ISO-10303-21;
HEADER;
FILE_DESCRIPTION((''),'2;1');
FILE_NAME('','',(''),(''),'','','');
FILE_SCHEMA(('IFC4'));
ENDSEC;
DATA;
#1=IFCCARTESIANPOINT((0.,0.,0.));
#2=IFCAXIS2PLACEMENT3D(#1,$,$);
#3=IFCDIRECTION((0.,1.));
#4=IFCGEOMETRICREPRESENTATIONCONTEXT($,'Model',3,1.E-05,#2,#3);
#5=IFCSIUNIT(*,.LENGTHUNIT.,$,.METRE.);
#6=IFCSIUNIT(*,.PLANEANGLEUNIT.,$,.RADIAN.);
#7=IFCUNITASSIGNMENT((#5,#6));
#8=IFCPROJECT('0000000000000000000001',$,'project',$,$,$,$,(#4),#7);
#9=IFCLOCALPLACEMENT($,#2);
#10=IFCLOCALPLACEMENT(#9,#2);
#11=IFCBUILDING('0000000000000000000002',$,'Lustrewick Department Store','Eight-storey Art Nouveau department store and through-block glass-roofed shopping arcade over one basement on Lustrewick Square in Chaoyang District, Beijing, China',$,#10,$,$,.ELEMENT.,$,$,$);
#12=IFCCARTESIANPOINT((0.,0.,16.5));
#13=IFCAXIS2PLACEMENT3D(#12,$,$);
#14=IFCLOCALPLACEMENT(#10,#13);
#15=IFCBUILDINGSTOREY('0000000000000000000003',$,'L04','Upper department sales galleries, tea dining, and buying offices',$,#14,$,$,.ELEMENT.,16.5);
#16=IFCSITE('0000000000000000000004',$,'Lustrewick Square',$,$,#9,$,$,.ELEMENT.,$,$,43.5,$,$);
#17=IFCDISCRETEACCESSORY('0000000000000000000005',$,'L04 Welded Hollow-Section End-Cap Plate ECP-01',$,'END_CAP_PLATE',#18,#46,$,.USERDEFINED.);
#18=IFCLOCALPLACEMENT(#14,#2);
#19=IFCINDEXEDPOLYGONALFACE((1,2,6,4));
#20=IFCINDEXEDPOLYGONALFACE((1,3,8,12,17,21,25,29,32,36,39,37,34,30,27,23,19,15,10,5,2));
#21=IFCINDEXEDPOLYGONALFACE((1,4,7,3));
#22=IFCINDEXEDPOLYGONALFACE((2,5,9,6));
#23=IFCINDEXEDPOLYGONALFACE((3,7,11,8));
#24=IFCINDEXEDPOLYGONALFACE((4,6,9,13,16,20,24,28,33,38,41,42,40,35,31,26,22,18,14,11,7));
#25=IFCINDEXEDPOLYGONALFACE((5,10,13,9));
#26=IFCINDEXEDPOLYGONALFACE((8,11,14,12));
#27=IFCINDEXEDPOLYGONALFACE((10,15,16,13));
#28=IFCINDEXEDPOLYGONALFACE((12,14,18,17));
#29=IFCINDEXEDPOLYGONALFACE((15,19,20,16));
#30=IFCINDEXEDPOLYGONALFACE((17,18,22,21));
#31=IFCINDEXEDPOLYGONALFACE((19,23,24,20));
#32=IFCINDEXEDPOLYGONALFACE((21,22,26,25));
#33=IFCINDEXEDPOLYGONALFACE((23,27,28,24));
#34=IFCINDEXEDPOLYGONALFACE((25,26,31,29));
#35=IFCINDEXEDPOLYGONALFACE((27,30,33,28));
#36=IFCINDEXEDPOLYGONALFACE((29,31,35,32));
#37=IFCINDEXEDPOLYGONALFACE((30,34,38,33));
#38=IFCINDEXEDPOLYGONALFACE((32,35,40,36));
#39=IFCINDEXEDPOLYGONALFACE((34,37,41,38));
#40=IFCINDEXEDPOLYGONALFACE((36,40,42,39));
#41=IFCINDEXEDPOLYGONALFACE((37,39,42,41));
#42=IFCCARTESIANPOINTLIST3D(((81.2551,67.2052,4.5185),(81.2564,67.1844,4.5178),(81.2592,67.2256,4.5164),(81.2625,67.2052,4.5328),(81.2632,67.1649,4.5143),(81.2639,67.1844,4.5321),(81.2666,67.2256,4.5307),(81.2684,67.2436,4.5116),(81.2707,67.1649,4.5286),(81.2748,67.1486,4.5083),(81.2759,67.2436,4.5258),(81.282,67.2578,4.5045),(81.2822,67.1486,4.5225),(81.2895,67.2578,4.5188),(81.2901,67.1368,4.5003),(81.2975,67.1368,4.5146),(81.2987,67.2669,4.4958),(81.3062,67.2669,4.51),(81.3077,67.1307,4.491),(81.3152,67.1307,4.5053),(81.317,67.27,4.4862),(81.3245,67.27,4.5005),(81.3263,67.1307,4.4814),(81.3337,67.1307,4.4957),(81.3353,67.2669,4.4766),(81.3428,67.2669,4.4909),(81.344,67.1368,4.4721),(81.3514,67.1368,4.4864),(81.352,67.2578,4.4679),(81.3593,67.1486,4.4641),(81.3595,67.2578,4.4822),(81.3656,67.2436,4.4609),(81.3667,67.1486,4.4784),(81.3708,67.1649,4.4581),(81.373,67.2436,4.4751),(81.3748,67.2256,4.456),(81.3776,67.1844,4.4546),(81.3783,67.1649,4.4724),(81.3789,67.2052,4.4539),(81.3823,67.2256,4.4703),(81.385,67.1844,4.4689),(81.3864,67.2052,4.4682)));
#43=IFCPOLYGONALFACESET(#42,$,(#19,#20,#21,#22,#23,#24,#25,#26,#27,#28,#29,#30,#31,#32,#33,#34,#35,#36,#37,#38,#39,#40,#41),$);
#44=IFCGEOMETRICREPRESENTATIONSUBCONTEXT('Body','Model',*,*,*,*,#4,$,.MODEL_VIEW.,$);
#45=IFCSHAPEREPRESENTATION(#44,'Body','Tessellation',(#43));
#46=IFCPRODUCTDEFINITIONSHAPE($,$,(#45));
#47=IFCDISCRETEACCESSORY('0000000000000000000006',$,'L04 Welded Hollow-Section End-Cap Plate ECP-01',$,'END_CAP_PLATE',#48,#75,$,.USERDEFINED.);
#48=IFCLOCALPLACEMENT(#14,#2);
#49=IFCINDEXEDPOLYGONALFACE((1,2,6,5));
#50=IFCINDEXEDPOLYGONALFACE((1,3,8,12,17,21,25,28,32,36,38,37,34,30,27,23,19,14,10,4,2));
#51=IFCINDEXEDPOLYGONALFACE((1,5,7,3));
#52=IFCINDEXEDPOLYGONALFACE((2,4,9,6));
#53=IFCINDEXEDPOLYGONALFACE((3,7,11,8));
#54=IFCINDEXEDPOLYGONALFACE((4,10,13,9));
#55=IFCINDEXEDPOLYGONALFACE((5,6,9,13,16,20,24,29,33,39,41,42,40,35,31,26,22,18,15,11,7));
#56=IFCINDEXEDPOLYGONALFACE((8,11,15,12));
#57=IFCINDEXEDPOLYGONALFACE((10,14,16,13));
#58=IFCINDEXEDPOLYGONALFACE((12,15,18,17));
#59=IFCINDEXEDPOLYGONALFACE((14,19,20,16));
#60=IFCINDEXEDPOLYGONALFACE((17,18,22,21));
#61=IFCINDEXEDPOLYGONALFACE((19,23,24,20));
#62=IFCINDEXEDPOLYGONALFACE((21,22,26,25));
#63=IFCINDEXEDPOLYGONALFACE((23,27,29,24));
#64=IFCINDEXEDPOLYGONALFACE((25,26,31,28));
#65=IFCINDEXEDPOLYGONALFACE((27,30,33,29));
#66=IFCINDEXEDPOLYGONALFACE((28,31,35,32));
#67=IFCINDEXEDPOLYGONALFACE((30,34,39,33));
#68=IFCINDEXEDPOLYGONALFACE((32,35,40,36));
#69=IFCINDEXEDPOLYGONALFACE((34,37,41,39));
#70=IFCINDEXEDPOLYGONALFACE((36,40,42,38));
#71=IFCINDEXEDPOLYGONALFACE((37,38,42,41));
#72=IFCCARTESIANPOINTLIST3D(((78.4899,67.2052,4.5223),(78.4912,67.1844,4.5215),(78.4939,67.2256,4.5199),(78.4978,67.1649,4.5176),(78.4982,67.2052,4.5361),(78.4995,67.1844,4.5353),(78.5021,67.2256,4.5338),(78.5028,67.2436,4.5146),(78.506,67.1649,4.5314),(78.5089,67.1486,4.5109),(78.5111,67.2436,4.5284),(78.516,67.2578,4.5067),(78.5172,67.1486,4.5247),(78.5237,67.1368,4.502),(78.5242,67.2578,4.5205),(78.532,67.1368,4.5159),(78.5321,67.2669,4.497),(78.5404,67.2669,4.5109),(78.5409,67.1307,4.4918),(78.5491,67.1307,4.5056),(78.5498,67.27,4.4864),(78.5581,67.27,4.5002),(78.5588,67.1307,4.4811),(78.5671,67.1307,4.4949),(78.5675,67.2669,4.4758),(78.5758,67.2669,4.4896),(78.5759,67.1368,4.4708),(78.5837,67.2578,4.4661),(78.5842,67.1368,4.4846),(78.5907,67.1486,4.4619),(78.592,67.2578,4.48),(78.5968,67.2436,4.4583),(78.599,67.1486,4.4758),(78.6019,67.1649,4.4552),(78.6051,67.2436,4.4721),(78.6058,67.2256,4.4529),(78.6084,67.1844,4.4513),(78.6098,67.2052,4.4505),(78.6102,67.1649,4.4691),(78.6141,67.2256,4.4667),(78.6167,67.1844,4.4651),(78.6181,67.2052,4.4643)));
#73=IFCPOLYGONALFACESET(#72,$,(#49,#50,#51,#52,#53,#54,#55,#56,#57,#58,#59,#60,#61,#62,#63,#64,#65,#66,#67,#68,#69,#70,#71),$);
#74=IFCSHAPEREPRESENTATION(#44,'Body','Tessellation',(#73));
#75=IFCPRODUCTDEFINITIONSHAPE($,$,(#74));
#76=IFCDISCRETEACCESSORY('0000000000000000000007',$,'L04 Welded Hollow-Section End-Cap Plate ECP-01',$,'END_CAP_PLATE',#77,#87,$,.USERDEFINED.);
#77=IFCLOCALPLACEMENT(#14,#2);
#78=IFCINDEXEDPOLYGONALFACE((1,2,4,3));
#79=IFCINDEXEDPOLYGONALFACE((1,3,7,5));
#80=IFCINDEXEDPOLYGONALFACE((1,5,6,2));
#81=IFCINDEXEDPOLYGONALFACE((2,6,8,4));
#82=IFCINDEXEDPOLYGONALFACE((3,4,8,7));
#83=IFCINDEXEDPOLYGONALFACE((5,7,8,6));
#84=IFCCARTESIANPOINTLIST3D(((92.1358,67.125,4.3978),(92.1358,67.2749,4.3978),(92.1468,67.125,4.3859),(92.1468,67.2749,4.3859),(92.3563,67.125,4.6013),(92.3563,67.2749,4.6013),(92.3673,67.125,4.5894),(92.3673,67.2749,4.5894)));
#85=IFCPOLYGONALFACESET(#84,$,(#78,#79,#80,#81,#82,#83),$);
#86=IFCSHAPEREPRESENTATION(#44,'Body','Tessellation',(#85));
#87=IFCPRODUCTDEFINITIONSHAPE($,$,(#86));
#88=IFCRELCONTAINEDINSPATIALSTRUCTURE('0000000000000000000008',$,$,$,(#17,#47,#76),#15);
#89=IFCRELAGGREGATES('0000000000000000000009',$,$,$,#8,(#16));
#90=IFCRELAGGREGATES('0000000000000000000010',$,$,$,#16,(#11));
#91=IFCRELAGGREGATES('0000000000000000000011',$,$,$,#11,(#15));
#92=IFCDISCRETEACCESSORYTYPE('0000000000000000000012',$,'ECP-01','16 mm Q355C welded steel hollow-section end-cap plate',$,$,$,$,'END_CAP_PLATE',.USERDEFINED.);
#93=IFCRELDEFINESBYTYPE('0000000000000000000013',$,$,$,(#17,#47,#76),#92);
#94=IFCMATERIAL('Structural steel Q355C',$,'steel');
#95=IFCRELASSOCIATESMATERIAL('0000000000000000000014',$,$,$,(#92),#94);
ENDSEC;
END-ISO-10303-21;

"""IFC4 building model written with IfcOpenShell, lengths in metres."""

from ifc_helpers import new_model, si_unit, direction, frame, origin, origin_2d, place, context, subcontext, project, spatial, rectangle, circle, extrude, material, type_object, element, save


model = new_model("IFC4")

# Units and contexts
model_context = context("Model", 3, precision=1e-05, world=origin(), true_north=direction((0.0, 1.0)))
body_context = subcontext(model_context, "Body", "Model", "MODEL_VIEW")
ifc_project = project(units=[si_unit("LENGTHUNIT", "METRE"), si_unit("PLANEANGLEUNIT", "RADIAN")], contexts=[model_context])

# Site, building, storey
site_placement = place(None, origin())
site = spatial("IfcSite", under=ifc_project, at=site_placement, Name="Lustrewick Square", CompositionType="ELEMENT", RefElevation=43.5)
building_placement = place(site_placement, origin())
building = spatial("IfcBuilding", under=site, at=building_placement, Name="Lustrewick Department Store", Description="Eight-storey Art Nouveau department store and through-block glass-roofed shopping arcade over one basement on Lustrewick Square in Chaoyang District, Beijing, China", CompositionType="ELEMENT")
storey_placement = place(building_placement, frame((0.0, 0.0, 16.5)))
storey = spatial("IfcBuildingStorey", under=building, at=storey_placement, Name="L04", Description="Upper department sales galleries, tea dining, and buying offices", CompositionType="ELEMENT", Elevation=16.5)

# Shared definitions
ifc_material_1 = material(Name="Structural steel Q355C", Category="steel")

# Discrete accessories
discrete_accessory_type = type_object("IfcDiscreteAccessoryType", Name="ECP-01", Description="16 mm Q355C welded steel hollow-section end-cap plate", ElementType="END_CAP_PLATE", PredefinedType="USERDEFINED", material=ifc_material_1)
for number, where, z_axis, x_axis, name in (
    (1, (81.3245, 67.2, 4.5005), (-0.462788, 0.0, -0.886469), (0.0, 1.0, 0.0), "L04 Welded Hollow-Section End-Cap Plate ECP-01"),
    (2, (78.5581, 67.2, 4.5002), (-0.513782, 0.0, -0.857921), (0.0, 1.0, 0.0), "L04 Welded Hollow-Section End-Cap Plate ECP-01"),
):
    element("IfcDiscreteAccessory", number, at=place(storey_placement, frame(where, z_axis=z_axis, x_axis=x_axis)), inside=storey, type_object=discrete_accessory_type, Name=name, ObjectType="END_CAP_PLATE", PredefinedType="USERDEFINED", context=body_context, shape_type="SweptSolid", body=[
        extrude(circle(Radius=0.0701, at=origin_2d()), origin(), (0.0, 0.0, 1.0), 0.0161),
    ])
discrete_accessory_1_placement = place(storey_placement, frame((92.2461, 67.2, 4.4995), z_axis=(0.678234, 0.0, -0.734846), x_axis=(0.0, 1.0, 0.0)))
element("IfcDiscreteAccessory", 3, at=discrete_accessory_1_placement, inside=storey, type_object=discrete_accessory_type, Name="L04 Welded Hollow-Section End-Cap Plate ECP-01", ObjectType="END_CAP_PLATE", PredefinedType="USERDEFINED", context=body_context, shape_type="SweptSolid", body=[
    extrude(rectangle(XDim=0.1499, YDim=0.3, at=origin_2d()), origin(), (0.0, 0.0, 1.0), 0.0161),
])

save(model, "model.ifc")
